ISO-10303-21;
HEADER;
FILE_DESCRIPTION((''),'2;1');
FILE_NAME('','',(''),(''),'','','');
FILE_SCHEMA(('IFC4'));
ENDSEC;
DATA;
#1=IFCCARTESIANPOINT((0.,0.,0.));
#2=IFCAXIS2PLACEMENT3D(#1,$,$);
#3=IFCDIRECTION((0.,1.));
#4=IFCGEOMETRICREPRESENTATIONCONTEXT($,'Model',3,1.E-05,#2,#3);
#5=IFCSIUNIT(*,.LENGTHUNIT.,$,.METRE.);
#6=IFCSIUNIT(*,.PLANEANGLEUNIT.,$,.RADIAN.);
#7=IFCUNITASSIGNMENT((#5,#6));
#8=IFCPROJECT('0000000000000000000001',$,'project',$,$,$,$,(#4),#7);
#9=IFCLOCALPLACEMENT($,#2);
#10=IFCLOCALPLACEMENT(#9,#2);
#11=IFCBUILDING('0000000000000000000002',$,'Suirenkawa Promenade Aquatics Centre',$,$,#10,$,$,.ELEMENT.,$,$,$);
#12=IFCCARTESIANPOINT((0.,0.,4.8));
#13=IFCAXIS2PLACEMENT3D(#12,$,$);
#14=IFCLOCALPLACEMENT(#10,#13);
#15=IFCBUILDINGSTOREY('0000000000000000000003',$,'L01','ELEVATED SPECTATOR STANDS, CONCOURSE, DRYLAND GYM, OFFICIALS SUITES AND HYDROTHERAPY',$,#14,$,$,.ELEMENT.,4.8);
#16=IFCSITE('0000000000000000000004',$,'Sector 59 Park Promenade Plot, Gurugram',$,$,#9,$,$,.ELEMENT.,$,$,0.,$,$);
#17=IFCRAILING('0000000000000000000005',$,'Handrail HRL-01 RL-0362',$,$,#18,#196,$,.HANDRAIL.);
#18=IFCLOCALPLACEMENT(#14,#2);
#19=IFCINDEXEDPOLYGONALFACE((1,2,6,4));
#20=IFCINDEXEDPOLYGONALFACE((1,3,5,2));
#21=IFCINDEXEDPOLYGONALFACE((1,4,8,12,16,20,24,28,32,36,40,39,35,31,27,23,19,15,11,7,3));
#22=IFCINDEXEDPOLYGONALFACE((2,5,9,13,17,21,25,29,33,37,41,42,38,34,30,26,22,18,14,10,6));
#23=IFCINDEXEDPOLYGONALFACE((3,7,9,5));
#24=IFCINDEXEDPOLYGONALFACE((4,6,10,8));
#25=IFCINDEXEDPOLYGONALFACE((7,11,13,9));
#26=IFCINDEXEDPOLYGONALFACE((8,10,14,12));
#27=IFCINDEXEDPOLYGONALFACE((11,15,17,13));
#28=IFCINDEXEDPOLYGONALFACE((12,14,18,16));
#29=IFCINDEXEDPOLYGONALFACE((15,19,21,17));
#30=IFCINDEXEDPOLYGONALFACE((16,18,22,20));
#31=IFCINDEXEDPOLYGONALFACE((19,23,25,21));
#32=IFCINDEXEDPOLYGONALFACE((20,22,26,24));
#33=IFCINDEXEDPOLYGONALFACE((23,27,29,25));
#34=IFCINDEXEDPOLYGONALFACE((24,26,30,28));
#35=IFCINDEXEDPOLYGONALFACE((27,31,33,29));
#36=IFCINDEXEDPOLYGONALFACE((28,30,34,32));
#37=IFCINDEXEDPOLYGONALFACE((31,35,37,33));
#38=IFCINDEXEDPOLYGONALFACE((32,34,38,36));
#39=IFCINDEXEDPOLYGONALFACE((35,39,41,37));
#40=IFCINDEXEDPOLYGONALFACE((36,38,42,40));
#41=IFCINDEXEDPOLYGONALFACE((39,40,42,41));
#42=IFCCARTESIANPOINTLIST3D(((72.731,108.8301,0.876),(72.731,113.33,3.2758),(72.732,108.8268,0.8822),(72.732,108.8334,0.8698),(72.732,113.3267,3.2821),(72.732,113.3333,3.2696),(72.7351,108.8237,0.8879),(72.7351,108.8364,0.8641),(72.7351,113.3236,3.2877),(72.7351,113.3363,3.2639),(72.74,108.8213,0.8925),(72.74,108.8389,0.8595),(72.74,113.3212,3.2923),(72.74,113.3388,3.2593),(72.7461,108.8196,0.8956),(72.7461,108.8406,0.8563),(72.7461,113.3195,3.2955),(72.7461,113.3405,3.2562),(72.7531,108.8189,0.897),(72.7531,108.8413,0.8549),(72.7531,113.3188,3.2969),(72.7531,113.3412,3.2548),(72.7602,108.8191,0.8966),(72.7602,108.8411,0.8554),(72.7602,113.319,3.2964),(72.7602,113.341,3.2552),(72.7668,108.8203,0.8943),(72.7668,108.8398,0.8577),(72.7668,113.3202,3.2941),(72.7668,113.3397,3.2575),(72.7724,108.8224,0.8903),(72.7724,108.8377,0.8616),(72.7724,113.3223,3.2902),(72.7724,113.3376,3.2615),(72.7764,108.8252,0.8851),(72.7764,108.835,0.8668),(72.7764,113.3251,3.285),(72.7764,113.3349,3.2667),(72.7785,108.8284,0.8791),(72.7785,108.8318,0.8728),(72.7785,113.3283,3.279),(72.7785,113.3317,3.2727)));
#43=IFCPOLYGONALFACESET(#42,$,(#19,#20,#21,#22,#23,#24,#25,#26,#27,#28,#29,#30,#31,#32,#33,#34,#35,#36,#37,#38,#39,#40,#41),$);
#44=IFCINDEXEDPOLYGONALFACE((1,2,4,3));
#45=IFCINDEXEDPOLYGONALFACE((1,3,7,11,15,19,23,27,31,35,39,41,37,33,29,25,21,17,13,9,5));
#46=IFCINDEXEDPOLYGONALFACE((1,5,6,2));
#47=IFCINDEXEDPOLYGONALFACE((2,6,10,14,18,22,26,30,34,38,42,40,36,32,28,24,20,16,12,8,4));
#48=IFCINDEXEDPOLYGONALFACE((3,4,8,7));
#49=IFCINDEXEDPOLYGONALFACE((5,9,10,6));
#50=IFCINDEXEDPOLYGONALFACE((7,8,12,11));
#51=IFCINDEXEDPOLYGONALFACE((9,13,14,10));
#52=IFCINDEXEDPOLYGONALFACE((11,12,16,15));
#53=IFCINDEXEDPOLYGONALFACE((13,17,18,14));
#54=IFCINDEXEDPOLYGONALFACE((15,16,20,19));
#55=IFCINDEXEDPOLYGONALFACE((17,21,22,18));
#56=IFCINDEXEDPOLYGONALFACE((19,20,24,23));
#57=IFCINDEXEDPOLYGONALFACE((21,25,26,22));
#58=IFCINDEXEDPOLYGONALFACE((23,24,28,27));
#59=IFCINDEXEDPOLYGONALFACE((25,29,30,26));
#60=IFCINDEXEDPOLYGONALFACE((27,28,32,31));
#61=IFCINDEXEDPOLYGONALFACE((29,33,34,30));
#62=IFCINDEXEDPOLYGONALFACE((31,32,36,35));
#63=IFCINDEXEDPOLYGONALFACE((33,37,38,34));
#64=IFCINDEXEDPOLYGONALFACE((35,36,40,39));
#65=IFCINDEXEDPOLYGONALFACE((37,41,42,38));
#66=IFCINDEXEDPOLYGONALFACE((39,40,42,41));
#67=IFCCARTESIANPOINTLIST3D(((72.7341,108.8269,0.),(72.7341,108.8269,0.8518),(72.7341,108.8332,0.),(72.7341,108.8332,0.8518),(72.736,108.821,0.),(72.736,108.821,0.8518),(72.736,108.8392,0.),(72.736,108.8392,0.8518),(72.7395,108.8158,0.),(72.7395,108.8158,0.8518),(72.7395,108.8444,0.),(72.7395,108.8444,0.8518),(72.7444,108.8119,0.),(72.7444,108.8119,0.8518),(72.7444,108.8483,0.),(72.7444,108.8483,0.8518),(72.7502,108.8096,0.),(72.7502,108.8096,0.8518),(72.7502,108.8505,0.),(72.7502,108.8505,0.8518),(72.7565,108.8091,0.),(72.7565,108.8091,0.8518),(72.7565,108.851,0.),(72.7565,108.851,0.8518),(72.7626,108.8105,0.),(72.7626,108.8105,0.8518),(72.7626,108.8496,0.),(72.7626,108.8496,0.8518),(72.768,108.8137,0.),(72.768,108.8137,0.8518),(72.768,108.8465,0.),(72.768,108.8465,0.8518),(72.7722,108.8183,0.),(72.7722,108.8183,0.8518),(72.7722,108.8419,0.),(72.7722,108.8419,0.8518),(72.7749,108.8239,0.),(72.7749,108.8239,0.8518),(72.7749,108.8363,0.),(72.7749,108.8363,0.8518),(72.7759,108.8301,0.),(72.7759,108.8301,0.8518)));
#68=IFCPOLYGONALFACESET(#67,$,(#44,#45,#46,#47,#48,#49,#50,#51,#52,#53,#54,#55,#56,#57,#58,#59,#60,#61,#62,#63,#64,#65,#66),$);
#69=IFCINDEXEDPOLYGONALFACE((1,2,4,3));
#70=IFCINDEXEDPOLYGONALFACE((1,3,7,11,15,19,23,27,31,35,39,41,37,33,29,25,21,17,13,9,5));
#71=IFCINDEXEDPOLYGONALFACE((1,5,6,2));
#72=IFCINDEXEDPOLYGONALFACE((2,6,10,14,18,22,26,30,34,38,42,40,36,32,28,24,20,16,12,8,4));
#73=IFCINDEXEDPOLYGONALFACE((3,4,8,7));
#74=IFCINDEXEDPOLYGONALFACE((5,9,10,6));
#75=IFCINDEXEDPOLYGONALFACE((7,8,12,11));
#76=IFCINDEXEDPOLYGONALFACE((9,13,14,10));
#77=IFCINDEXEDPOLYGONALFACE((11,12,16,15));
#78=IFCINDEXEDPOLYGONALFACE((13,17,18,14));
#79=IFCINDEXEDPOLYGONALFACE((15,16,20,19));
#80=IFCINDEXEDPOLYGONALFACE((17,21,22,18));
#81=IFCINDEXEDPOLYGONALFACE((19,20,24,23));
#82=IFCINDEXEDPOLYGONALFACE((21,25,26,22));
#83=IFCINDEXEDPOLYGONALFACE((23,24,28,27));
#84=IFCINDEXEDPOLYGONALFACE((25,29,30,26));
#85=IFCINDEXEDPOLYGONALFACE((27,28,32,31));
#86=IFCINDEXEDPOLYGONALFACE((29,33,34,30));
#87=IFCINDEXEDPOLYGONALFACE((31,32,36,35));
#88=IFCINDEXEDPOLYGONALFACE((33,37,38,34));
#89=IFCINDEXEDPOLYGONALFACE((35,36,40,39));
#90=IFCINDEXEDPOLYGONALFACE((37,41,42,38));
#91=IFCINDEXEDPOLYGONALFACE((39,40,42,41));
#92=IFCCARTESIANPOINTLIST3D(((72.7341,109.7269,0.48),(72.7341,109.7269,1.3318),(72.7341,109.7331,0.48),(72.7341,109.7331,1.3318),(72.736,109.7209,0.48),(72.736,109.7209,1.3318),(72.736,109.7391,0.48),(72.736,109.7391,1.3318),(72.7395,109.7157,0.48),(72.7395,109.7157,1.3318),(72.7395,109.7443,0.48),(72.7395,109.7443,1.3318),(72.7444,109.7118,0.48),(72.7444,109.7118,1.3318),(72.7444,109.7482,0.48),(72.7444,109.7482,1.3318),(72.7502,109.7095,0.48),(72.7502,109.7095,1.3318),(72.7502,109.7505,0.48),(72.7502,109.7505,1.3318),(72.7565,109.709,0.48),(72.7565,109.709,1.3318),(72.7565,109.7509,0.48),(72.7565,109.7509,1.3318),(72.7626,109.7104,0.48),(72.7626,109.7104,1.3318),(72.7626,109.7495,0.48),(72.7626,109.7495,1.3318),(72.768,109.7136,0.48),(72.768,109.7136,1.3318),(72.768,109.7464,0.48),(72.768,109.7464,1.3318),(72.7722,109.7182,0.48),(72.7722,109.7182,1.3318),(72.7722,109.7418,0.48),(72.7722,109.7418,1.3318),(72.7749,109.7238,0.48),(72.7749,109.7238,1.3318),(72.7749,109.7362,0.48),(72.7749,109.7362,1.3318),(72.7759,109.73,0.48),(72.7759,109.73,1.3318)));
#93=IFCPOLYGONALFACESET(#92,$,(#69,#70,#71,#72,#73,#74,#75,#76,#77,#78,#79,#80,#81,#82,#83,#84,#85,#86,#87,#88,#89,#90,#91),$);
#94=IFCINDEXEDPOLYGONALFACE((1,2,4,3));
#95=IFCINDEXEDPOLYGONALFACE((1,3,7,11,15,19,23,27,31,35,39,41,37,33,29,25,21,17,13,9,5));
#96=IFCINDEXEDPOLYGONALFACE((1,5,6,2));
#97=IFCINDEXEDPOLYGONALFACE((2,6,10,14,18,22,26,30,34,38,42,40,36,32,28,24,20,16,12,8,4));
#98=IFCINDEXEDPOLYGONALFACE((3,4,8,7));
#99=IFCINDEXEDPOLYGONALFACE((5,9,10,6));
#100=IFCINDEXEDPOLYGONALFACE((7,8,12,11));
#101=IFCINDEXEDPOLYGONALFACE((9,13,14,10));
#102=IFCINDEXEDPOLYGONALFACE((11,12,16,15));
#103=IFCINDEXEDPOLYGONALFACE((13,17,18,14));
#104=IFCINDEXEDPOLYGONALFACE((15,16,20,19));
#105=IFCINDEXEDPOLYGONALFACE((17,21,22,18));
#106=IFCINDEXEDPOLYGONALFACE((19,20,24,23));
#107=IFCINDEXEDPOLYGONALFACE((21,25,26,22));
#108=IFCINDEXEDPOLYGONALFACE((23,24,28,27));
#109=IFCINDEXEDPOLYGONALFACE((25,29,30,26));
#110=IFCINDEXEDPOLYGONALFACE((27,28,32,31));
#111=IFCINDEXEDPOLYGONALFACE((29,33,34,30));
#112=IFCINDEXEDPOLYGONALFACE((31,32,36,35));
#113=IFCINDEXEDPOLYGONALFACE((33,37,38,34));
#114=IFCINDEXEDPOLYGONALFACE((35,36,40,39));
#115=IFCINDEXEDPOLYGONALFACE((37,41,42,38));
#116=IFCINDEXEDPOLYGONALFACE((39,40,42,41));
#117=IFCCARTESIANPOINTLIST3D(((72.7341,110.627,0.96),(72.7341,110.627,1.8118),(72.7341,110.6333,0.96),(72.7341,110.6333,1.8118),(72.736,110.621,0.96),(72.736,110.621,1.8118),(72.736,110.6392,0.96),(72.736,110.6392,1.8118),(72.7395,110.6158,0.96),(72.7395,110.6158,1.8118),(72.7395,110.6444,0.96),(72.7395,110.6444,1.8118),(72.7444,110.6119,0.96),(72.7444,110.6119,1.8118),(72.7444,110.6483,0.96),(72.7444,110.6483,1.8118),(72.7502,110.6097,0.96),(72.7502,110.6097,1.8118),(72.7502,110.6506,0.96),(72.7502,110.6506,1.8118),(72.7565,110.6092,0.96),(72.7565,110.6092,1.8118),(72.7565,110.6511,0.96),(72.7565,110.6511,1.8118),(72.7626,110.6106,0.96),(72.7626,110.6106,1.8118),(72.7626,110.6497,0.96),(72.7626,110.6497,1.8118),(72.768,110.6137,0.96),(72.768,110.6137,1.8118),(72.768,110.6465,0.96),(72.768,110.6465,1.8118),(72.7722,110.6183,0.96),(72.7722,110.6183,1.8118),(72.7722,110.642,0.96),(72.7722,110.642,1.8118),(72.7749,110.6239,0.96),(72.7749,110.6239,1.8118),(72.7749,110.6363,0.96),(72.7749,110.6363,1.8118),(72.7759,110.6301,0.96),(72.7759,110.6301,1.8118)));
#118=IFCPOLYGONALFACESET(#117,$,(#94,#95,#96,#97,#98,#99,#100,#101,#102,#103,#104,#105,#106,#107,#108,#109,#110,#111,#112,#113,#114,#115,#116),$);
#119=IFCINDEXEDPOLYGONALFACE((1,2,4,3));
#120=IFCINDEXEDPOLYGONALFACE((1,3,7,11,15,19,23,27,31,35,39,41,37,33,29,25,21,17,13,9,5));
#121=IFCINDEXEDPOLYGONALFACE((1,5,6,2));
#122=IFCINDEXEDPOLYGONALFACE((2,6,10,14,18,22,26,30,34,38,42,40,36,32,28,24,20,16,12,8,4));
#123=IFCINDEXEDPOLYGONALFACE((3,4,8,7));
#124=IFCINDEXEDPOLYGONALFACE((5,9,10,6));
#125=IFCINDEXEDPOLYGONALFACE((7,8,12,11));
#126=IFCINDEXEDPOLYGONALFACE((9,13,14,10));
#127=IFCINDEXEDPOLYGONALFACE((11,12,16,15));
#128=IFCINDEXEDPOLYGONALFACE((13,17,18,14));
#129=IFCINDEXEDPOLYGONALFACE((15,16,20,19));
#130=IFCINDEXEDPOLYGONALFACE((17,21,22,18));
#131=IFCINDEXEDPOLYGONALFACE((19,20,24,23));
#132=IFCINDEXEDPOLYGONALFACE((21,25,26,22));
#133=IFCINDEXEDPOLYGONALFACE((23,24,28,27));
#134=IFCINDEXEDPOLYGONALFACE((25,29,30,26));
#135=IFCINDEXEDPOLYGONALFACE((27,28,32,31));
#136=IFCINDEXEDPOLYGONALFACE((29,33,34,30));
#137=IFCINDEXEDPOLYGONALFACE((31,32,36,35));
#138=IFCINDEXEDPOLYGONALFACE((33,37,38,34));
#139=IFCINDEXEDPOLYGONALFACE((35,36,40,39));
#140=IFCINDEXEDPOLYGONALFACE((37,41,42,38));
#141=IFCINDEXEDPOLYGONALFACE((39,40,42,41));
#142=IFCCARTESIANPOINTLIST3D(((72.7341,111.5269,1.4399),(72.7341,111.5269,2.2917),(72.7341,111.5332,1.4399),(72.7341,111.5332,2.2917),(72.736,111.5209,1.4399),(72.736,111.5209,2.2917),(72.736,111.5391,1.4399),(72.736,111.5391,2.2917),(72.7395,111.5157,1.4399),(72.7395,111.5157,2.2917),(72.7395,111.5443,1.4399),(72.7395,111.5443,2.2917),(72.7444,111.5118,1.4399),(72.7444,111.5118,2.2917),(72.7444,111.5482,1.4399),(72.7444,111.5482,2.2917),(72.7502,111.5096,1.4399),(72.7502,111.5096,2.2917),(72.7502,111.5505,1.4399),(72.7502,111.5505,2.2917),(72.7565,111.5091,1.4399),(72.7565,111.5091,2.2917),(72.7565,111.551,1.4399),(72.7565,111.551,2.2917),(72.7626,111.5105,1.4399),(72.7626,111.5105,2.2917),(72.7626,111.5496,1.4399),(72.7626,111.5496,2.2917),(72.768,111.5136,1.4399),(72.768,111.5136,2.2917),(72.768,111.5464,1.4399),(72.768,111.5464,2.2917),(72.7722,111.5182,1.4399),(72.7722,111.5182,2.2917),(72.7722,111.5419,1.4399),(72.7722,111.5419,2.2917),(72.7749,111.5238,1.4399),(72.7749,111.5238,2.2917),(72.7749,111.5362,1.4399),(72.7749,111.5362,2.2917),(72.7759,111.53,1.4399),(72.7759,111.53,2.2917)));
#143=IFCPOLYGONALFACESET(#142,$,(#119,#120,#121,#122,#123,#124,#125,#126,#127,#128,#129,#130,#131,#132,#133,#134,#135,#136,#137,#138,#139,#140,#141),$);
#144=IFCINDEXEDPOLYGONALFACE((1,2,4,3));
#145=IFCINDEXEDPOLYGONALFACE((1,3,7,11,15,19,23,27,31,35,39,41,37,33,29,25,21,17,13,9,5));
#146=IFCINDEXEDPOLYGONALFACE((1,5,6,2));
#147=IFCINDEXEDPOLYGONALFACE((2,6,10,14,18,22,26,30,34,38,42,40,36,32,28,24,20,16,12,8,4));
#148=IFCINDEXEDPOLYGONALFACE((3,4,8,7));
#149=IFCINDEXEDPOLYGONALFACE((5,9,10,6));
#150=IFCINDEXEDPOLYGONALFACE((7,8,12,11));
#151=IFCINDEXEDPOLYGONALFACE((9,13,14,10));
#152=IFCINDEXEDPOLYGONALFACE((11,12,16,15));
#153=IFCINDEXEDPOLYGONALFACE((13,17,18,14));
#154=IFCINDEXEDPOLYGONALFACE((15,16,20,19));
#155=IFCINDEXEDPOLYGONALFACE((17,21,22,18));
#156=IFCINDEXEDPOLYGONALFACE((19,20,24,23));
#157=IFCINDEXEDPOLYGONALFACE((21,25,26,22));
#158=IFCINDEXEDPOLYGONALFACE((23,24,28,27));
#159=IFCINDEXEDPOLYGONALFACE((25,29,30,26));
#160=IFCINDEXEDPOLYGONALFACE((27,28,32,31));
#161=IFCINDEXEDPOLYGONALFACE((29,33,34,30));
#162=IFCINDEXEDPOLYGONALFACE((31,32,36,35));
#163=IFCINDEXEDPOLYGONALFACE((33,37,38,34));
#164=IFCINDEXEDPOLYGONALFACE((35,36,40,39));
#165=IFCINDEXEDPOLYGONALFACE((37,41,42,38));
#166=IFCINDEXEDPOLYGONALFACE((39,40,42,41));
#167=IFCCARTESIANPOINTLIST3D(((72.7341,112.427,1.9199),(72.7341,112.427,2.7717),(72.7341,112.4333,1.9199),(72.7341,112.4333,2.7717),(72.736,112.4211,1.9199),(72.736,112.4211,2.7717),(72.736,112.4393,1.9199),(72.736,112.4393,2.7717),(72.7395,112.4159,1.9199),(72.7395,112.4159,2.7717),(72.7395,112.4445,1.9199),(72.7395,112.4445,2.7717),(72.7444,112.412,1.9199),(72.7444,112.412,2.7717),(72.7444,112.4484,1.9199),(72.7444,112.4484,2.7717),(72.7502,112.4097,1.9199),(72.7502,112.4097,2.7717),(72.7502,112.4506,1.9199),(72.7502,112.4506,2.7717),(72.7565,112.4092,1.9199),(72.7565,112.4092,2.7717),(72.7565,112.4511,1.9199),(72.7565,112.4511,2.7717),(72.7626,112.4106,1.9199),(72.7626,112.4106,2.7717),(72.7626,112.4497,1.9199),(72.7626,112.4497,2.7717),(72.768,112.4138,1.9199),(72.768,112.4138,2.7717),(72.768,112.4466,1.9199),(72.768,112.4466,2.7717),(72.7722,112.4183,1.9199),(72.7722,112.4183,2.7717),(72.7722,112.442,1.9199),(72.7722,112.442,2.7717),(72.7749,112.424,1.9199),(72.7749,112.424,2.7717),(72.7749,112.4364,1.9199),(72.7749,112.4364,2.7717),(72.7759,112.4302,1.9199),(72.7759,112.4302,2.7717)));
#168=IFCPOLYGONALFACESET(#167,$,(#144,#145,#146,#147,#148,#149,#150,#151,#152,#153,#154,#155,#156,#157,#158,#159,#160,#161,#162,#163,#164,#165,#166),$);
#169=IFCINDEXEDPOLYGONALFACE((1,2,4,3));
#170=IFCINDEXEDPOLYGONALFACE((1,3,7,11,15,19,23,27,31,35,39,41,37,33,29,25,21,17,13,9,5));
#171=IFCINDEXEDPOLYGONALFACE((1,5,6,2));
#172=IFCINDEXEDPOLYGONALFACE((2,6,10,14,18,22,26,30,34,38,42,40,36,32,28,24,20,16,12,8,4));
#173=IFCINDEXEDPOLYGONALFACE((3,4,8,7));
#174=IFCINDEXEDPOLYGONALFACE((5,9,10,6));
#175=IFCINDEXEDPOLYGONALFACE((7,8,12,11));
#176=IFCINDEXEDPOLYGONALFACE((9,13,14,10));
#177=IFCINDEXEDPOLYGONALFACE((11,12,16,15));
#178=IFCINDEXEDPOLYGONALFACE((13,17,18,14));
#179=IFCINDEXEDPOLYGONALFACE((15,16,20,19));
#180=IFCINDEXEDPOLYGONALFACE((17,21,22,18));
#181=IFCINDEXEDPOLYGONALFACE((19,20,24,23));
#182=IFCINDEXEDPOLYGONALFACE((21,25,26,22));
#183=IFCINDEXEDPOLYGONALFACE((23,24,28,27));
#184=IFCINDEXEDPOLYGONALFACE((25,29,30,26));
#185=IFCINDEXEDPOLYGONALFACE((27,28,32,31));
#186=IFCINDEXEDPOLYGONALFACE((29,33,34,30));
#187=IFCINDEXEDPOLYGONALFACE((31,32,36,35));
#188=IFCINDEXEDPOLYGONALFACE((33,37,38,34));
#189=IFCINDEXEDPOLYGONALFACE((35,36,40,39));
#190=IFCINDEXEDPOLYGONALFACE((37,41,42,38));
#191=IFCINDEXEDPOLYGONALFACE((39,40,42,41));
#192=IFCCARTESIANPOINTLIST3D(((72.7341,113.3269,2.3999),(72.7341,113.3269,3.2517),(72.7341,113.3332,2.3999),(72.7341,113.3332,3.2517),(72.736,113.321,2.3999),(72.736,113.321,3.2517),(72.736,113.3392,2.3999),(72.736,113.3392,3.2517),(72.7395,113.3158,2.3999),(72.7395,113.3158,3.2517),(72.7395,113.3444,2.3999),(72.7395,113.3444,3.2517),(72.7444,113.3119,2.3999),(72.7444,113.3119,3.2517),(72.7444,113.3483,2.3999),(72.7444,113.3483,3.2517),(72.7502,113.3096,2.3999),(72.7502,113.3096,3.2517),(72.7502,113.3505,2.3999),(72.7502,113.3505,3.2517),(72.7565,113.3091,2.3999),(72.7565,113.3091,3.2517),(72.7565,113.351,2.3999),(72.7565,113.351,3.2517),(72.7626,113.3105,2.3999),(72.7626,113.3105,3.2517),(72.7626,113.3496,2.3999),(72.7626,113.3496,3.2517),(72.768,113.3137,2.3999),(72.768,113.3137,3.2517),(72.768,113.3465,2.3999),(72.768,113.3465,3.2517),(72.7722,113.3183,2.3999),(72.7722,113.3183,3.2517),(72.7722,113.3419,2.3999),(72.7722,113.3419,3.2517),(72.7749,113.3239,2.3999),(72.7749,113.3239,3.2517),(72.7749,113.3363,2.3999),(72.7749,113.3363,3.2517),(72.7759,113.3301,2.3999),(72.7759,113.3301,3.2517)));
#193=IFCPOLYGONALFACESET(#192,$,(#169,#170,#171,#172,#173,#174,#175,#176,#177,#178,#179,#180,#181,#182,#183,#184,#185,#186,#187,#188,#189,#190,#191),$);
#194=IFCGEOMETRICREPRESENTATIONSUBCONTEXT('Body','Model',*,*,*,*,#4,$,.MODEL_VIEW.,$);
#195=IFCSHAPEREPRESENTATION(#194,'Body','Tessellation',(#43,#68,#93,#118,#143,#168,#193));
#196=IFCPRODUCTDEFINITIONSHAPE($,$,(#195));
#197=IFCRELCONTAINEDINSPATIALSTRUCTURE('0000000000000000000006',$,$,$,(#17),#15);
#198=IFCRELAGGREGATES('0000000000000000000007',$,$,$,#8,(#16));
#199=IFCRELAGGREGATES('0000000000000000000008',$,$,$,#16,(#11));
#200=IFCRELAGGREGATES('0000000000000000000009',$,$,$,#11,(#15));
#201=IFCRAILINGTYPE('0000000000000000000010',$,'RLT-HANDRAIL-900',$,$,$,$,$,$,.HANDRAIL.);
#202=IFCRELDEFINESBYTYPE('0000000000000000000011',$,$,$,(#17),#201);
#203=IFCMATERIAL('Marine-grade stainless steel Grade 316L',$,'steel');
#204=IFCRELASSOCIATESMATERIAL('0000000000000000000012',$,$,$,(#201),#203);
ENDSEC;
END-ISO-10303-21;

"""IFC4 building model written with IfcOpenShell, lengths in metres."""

from ifc_helpers import new_model, si_unit, direction, frame, origin, origin_2d, place, context, subcontext, project, spatial, circle, extrude, material, type_object, element, save


model = new_model("IFC4")

# Units and contexts
model_context = context("Model", 3, precision=1e-05, world=origin(), true_north=direction((0.0, 1.0)))
body_context = subcontext(model_context, "Body", "Model", "MODEL_VIEW")
ifc_project = project(units=[si_unit("LENGTHUNIT", "METRE"), si_unit("PLANEANGLEUNIT", "RADIAN")], contexts=[model_context])

# Site, building, storey
site_placement = place(None, origin())
site = spatial("IfcSite", under=ifc_project, at=site_placement, Name="Sector 59 Park Promenade Plot, Gurugram", CompositionType="ELEMENT", RefElevation=0.0)
building_placement = place(site_placement, origin())
building = spatial("IfcBuilding", under=site, at=building_placement, Name="Suirenkawa Promenade Aquatics Centre", CompositionType="ELEMENT")
storey_placement = place(building_placement, frame((0.0, 0.0, 4.8)))
storey = spatial("IfcBuildingStorey", under=building, at=storey_placement, Name="L01", Description="ELEVATED SPECTATOR STANDS, CONCOURSE, DRYLAND GYM, OFFICIALS SUITES AND HYDROTHERAPY", CompositionType="ELEMENT", Elevation=4.8)

# Shared definitions
ifc_material_1 = material(Name="Marine-grade stainless steel Grade 316L", Category="steel")

# Railing
railing_type_1 = type_object("IfcRailingType", Name="RLT-HANDRAIL-900", PredefinedType="HANDRAIL", material=ifc_material_1)
railing_1_placement = place(storey_placement, frame((72.7549, 108.8301, 0.0)))
element("IfcRailing", 1, at=railing_1_placement, inside=storey, type_object=railing_type_1, Name="Handrail HRL-01 RL-0362", PredefinedType="HANDRAIL", context=body_context, shape_type="SweptSolid", body=[
    extrude(circle(Radius=0.0239, at=origin_2d()), frame((0.0, 0.0, 0.876), z_axis=(0.0, 0.882361, 0.470573), x_axis=(-1.0, 0.0, 0.0)), (0.0, 0.0, 1.0), 5.0999),
    extrude(circle(Radius=0.021, at=origin_2d()), origin(), (0.0, 0.0, 1.0), 0.8518),
    extrude(circle(Radius=0.021, at=origin_2d()), frame((0.0, 0.8999, 0.48)), (0.0, 0.0, 1.0), 0.8518),
    extrude(circle(Radius=0.021, at=origin_2d()), frame((0.0, 1.8, 0.96)), (0.0, 0.0, 1.0), 0.8518),
    extrude(circle(Radius=0.021, at=origin_2d()), frame((0.0, 2.7, 1.4399)), (0.0, 0.0, 1.0), 0.8518),
    extrude(circle(Radius=0.021, at=origin_2d()), frame((0.0, 3.6001, 1.9199)), (0.0, 0.0, 1.0), 0.8518),
    extrude(circle(Radius=0.021, at=origin_2d()), frame((0.0, 4.5, 2.3999)), (0.0, 0.0, 1.0), 0.8518),
])

save(model, "model.ifc")
